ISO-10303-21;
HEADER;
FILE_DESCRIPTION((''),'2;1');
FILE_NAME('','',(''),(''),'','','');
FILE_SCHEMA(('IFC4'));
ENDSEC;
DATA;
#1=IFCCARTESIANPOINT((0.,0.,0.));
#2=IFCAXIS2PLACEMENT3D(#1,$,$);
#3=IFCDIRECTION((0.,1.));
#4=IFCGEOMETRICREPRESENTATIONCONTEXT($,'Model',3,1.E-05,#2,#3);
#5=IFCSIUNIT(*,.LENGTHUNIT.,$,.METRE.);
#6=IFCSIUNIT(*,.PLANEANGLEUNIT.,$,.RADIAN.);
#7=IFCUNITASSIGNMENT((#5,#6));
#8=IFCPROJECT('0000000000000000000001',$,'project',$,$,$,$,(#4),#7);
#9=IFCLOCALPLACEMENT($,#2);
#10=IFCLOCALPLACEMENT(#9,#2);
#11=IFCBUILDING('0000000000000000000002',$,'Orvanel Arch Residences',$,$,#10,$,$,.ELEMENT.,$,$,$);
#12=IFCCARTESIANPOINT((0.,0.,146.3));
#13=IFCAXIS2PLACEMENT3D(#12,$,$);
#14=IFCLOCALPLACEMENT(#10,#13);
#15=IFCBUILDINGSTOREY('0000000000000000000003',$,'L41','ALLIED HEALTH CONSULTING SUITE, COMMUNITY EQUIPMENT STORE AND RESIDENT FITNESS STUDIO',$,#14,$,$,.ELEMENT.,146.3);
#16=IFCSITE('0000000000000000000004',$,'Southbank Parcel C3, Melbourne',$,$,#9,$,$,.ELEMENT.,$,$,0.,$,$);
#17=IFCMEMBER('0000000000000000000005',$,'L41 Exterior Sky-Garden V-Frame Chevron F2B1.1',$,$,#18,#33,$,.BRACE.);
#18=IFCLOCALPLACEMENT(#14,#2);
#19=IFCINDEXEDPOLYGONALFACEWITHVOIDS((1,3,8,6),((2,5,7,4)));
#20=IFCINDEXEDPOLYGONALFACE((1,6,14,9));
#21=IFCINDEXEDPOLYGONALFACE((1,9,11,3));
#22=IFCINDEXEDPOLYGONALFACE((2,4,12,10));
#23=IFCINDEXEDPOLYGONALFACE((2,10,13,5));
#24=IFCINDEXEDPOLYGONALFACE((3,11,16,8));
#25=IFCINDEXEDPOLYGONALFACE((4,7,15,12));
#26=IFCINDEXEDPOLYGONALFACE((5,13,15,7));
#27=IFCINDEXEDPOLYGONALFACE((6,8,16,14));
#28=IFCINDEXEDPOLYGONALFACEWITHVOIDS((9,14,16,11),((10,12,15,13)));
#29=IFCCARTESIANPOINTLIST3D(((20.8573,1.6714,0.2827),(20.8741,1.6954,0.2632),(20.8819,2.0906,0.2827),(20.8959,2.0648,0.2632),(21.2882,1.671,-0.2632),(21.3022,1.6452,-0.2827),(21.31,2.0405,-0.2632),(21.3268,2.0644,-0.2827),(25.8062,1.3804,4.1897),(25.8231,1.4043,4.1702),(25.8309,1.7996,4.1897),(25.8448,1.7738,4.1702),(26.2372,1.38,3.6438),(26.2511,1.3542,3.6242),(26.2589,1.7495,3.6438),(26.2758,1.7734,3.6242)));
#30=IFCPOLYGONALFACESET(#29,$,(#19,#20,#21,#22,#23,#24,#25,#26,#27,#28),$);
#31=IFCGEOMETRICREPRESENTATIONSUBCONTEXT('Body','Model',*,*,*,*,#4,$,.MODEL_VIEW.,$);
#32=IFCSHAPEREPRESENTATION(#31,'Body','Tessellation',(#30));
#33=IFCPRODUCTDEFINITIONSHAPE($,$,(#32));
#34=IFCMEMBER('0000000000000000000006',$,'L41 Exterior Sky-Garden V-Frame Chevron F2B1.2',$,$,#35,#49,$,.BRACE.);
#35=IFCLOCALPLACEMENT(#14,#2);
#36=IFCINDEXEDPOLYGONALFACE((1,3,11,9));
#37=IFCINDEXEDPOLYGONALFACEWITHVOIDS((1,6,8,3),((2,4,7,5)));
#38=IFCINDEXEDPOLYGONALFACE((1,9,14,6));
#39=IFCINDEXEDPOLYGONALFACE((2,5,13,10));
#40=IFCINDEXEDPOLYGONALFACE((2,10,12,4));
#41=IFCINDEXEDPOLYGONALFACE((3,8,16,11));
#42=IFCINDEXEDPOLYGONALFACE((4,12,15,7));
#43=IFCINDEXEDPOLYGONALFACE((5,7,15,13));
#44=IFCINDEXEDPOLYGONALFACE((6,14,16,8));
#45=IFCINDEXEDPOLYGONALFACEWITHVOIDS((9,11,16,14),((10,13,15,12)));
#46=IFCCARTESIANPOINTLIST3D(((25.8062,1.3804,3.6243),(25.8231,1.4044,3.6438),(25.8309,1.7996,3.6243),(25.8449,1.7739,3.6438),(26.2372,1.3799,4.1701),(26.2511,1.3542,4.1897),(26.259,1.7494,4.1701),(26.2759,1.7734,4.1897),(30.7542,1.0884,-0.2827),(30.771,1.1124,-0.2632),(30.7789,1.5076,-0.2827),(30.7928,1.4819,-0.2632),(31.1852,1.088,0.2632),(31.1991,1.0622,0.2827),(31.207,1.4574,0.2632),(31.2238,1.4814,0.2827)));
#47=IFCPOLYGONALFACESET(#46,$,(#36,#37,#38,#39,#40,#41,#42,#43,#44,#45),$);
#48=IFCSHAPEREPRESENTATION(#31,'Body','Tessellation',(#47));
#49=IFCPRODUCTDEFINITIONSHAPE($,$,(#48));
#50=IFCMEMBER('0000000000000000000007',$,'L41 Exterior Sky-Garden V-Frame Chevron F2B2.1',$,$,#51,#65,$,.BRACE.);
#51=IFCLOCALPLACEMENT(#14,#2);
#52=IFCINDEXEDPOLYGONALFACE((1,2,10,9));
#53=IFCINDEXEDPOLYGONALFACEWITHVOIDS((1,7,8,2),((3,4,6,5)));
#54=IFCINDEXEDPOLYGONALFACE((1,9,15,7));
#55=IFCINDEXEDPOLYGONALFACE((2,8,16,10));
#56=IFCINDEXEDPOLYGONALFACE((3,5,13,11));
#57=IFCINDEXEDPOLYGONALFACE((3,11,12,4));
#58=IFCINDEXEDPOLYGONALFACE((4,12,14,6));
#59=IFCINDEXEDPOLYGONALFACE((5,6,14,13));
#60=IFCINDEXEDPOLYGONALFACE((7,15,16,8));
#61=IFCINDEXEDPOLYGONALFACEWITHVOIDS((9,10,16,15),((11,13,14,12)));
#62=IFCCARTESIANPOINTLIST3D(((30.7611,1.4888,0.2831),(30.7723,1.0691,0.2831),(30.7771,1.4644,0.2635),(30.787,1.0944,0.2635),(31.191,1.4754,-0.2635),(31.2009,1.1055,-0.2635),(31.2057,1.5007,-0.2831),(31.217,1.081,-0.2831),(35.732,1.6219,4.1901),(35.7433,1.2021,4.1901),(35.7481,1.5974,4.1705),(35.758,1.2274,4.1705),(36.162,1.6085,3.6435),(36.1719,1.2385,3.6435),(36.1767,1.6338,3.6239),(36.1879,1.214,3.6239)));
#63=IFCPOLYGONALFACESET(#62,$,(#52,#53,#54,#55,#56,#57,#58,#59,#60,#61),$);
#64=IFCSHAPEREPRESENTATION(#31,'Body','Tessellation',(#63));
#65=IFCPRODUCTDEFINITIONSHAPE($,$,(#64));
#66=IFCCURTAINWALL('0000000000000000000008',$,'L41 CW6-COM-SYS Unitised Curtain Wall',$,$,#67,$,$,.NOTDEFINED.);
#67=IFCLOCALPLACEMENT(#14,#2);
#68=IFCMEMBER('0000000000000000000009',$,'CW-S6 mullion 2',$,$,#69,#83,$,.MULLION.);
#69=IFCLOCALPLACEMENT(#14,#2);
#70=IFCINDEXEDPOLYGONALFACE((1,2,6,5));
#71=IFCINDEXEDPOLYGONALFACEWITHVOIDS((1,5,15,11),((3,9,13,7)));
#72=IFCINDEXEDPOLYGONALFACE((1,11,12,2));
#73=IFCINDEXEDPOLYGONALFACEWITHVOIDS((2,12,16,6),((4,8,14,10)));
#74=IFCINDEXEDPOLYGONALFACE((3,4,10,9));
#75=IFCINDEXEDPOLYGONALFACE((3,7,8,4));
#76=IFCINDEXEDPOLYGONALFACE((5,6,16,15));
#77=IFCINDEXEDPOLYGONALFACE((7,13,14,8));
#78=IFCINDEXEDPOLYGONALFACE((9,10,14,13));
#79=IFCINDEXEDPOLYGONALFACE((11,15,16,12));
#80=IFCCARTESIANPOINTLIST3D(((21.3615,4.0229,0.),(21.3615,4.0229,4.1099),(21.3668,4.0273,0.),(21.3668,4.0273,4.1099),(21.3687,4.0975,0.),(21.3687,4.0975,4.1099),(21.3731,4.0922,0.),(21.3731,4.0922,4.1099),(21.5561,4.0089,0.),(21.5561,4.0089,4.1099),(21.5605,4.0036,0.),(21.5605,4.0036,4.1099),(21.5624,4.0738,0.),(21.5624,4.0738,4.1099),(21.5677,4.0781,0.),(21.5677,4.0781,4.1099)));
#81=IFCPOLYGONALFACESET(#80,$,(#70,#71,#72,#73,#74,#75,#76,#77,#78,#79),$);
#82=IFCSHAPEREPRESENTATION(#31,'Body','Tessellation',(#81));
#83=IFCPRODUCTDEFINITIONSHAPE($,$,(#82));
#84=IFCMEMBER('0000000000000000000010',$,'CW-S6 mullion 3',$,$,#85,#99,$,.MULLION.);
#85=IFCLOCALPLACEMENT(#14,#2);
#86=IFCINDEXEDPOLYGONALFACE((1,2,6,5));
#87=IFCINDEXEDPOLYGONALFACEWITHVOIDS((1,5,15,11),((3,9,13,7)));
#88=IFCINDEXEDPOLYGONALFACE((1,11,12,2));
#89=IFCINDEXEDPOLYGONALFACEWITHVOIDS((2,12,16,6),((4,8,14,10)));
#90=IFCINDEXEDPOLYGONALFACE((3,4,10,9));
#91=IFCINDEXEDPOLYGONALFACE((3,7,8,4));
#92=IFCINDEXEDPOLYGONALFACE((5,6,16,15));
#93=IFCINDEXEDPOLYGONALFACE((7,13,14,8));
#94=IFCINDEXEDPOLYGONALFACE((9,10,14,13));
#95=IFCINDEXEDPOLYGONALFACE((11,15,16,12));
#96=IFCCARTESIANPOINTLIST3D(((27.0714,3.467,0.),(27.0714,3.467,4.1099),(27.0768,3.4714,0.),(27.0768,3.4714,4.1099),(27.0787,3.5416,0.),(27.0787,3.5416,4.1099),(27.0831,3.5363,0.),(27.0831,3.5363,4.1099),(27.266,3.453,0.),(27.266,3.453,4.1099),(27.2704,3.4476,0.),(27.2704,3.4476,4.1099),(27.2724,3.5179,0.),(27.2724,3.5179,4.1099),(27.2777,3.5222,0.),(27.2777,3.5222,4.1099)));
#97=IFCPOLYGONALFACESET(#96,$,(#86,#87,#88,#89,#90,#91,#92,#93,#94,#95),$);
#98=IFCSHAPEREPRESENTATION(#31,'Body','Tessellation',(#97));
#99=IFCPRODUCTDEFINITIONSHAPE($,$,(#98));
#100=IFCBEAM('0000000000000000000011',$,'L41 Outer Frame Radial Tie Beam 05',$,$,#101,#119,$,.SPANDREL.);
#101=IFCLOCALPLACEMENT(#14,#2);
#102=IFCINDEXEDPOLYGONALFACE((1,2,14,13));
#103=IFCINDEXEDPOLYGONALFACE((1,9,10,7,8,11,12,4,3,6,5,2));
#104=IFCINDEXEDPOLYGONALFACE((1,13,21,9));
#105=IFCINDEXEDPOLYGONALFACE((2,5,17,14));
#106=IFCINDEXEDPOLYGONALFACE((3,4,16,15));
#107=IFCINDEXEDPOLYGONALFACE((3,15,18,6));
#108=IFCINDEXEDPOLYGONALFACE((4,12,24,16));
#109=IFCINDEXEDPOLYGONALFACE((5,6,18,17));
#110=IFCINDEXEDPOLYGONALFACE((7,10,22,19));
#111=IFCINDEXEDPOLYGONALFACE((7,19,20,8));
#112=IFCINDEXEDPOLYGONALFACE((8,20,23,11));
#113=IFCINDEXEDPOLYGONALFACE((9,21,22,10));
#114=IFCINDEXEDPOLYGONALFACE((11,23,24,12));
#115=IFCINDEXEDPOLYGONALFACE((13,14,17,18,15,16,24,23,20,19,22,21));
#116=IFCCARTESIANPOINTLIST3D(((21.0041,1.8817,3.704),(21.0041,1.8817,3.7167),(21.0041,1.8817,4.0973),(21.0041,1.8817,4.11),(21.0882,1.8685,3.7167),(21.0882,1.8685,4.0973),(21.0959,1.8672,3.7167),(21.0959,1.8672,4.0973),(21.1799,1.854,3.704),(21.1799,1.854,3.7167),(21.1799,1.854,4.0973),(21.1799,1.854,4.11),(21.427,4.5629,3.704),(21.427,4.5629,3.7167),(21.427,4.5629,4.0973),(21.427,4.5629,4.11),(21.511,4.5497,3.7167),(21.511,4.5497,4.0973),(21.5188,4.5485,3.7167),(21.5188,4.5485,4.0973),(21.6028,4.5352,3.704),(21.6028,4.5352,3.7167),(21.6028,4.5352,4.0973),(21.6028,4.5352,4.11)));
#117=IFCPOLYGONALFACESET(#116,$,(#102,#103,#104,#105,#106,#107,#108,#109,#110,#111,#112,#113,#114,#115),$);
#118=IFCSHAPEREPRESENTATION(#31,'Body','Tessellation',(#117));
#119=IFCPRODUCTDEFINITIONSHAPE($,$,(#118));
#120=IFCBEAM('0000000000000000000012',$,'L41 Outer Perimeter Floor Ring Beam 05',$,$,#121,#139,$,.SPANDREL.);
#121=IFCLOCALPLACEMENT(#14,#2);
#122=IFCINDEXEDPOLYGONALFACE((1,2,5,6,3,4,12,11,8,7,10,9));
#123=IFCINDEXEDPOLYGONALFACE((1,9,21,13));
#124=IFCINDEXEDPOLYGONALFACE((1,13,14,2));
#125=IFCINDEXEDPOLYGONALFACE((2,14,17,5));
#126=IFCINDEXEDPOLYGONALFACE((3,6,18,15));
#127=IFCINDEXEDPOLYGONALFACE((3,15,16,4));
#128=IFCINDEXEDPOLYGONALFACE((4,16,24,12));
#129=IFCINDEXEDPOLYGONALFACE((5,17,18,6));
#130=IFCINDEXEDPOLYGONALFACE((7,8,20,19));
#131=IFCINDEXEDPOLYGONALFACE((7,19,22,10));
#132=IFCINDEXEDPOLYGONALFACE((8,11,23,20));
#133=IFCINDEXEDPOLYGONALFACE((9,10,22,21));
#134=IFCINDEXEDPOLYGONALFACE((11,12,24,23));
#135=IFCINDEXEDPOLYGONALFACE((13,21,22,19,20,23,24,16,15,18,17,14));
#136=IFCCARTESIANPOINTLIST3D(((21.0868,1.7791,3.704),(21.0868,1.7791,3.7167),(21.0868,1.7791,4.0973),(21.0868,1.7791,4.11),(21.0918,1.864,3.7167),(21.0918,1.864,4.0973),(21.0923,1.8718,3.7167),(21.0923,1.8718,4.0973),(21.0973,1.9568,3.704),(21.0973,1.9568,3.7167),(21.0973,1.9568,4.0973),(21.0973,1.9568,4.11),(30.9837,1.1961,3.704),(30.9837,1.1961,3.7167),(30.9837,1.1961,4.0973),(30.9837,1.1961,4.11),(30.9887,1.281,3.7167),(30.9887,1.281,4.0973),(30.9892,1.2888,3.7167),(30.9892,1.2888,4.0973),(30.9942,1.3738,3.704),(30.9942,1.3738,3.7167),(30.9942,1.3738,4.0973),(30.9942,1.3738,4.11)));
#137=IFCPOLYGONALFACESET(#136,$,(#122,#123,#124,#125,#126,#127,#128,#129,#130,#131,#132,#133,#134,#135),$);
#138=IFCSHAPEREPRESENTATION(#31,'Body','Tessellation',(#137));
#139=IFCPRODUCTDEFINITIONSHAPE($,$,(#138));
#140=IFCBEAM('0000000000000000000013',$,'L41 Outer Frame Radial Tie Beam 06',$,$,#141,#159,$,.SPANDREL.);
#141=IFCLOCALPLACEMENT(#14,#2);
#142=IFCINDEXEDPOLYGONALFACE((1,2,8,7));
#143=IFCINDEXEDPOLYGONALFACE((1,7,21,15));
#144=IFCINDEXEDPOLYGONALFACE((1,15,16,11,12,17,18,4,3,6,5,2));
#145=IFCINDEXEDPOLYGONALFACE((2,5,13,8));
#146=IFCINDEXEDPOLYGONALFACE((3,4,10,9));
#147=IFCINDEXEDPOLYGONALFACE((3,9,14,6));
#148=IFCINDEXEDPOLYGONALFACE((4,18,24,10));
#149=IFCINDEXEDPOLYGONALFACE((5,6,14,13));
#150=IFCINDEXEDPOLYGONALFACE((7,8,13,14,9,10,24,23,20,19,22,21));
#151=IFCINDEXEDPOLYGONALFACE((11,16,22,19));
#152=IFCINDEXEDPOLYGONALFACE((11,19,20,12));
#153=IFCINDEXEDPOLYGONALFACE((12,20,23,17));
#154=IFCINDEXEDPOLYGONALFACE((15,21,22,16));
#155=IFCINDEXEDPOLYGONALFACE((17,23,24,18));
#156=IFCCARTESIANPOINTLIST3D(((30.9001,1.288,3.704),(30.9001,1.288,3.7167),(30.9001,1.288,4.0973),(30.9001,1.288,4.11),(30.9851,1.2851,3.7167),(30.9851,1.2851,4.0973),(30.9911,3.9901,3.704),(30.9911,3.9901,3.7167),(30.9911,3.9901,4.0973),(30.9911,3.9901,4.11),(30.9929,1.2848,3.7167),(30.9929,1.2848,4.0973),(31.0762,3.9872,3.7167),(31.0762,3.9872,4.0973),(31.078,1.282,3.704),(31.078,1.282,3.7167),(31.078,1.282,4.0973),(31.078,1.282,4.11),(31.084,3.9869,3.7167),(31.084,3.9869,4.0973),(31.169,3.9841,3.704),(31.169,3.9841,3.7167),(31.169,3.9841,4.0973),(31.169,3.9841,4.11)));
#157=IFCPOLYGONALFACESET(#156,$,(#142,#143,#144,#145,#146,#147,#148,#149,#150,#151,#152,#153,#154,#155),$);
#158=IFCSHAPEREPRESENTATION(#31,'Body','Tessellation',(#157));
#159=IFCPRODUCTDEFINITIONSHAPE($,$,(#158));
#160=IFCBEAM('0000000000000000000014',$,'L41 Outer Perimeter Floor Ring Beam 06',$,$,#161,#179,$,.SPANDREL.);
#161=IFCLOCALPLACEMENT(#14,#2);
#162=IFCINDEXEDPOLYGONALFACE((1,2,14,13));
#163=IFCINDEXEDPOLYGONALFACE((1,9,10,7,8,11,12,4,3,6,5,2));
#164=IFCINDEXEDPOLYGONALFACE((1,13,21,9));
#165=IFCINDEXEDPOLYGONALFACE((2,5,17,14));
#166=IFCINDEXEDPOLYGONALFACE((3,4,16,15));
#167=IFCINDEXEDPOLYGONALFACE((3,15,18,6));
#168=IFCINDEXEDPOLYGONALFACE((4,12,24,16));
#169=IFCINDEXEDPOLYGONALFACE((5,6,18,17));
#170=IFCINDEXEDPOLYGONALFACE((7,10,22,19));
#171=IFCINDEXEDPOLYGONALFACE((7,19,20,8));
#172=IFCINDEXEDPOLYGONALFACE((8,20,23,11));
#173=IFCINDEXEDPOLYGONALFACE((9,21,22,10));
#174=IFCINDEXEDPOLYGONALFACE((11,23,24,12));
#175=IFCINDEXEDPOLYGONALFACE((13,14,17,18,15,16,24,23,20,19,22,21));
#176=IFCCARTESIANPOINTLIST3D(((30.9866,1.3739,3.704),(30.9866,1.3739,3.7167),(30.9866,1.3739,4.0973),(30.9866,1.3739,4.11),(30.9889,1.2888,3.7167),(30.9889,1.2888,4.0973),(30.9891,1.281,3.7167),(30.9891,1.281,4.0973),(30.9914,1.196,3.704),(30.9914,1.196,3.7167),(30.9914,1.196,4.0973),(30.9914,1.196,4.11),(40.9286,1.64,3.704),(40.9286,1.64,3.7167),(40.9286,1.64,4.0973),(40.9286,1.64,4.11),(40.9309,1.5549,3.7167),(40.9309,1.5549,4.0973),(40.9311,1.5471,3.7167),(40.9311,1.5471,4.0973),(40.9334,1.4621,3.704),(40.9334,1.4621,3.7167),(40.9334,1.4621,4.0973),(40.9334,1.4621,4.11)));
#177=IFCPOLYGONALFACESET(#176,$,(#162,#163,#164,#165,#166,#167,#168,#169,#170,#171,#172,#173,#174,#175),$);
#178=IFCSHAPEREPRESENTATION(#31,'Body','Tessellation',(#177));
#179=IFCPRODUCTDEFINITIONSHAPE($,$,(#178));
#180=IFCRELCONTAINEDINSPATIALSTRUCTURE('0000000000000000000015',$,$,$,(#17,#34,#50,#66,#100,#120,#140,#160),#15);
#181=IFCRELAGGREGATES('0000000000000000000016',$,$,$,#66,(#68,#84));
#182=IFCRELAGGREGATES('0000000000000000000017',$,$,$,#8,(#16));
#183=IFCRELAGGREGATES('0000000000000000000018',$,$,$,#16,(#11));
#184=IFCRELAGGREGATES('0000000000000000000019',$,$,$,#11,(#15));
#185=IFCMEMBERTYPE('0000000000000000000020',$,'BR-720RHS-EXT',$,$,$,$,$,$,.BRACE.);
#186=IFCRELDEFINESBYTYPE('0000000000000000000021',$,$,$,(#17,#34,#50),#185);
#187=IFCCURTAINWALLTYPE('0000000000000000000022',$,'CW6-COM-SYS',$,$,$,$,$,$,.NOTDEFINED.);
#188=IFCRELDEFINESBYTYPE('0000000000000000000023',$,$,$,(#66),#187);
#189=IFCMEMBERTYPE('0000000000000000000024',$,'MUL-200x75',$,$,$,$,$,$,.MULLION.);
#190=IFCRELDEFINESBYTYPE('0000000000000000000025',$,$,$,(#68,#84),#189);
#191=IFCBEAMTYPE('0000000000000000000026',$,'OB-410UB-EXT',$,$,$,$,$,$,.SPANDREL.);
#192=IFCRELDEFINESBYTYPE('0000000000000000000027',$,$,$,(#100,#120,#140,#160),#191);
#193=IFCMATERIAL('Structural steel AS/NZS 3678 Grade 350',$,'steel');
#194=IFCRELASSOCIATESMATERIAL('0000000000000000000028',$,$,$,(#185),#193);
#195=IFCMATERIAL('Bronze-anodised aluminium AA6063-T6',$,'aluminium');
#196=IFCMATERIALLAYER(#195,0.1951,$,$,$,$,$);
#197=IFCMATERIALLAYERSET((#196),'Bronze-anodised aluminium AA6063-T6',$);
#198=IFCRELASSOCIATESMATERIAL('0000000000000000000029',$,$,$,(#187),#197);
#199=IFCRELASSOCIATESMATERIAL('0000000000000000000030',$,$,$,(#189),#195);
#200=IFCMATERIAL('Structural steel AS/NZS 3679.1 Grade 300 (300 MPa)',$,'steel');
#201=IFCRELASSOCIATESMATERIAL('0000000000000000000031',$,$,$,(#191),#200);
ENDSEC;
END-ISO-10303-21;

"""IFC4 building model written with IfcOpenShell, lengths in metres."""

from ifc_helpers import new_model, si_unit, direction, frame, origin, origin_2d, place, context, subcontext, project, spatial, hollow_rectangle, i_section, extrude, material, layer, layer_set, material_profile, profile_set, type_object, element, aggregate, save


model = new_model("IFC4")

# Units and contexts
model_context = context("Model", 3, precision=1e-05, world=origin(), true_north=direction((0.0, 1.0)))
body_context = subcontext(model_context, "Body", "Model", "MODEL_VIEW")
ifc_project = project(units=[si_unit("LENGTHUNIT", "METRE"), si_unit("PLANEANGLEUNIT", "RADIAN")], contexts=[model_context])

# Site, building, storey
site_placement = place(None, origin())
site = spatial("IfcSite", under=ifc_project, at=site_placement, Name="Southbank Parcel C3, Melbourne", CompositionType="ELEMENT", RefElevation=0.0)
building_placement = place(site_placement, origin())
building = spatial("IfcBuilding", under=site, at=building_placement, Name="Orvanel Arch Residences", CompositionType="ELEMENT")
storey_placement = place(building_placement, frame((0.0, 0.0, 146.3)))
storey = spatial("IfcBuildingStorey", under=building, at=storey_placement, Name="L41", Description="ALLIED HEALTH CONSULTING SUITE, COMMUNITY EQUIPMENT STORE AND RESIDENT FITNESS STUDIO", CompositionType="ELEMENT", Elevation=146.3)

# Members
ifc_material_1 = material(Name="Structural steel AS/NZS 3678 Grade 350", Category="steel")
ifc_material_profile_1 = material_profile(ifc_material_1, hollow_rectangle(XDim=0.4199, YDim=0.72, WallThickness=0.0249, at=origin_2d()), Name="RHS720x420x25")
ifc_profile_set_1 = profile_set([ifc_material_profile_1], Name="Structural steel AS/NZS 3678 Grade 350")
member_type_1 = type_object("IfcMemberType", Name="BR-720RHS-EXT", PredefinedType="BRACE", material=ifc_profile_set_1)
member_1_placement = place(storey_placement, frame((21.092, 1.8679, 0.0), z_axis=(0.784056, -0.046105, 0.618975), x_axis=(0.058702, 0.998276, 0.0)))
element("IfcMember", 1, at=member_1_placement, inside=storey, type_object=member_type_1, Name="L41 Exterior Sky-Garden V-Frame Chevron F2B1.1", PredefinedType="BRACE", context=body_context, shape_type="SweptSolid", body=[
    extrude(hollow_rectangle(XDim=0.4199, YDim=0.72, WallThickness=0.0249, at=origin_2d()), origin(), (0.0, 0.0, 1.0), 6.312),
])
member_2_placement = place(storey_placement, frame((30.989, 1.2849, 0.0), z_axis=(-0.783991, 0.046265, 0.619046), x_axis=(-0.05891, -0.998263, 0.0)))
element("IfcMember", 2, at=member_2_placement, inside=storey, type_object=member_type_1, Name="L41 Exterior Sky-Garden V-Frame Chevron F2B1.2", PredefinedType="BRACE", context=body_context, shape_type="SweptSolid", body=[
    extrude(hollow_rectangle(XDim=0.4199, YDim=0.72, WallThickness=0.0249, at=origin_2d()), origin(), (0.0, 0.0, 1.0), 6.3113),
])
member_3_placement = place(storey_placement, frame((30.989, 1.2849, 0.0), z_axis=(0.786049, 0.02104, 0.617806), x_axis=(-0.026757, 0.999642, 0.0)))
element("IfcMember", 3, at=member_3_placement, inside=storey, type_object=member_type_1, Name="L41 Exterior Sky-Garden V-Frame Chevron F2B2.1", PredefinedType="BRACE", context=body_context, shape_type="SweptSolid", body=[
    extrude(hollow_rectangle(XDim=0.4199, YDim=0.72, WallThickness=0.0249, at=origin_2d()), origin(), (0.0, 0.0, 1.0), 6.324),
])

# Curtain wall, members
ifc_material_2 = material(Name="Bronze-anodised aluminium AA6063-T6", Category="aluminium")
ifc_layer_1 = layer(ifc_material_2, 0.1951)
ifc_layer_set_1 = layer_set([ifc_layer_1], Name="Bronze-anodised aluminium AA6063-T6")
curtain_wall_type = type_object("IfcCurtainWallType", Name="CW6-COM-SYS", PredefinedType="NOTDEFINED", material=ifc_layer_set_1)
curtain_wall_placement = place(storey_placement, origin())
curtain_wall = element("IfcCurtainWall", 4, at=curtain_wall_placement, inside=storey, type_object=curtain_wall_type, Name="L41 CW6-COM-SYS Unitised Curtain Wall", PredefinedType="NOTDEFINED")
ifc_material_profile_2 = material_profile(ifc_material_2, hollow_rectangle(XDim=0.075, YDim=0.2, WallThickness=0.0049, at=origin_2d()), Name="ALU200x75x5")
ifc_profile_set_2 = profile_set([ifc_material_profile_2], Name="Bronze-anodised aluminium AA6063-T6")
member_type_2 = type_object("IfcMemberType", Name="MUL-200x75", PredefinedType="MULLION", material=ifc_profile_set_2)
member_4_placement = place(storey_placement, frame((21.4646, 4.0505, 0.0), z_axis=(0.0, 0.0, 1.0), x_axis=(0.096889, 0.995295, 0.0)))
member_4 = element("IfcMember", 5, at=member_4_placement, type_object=member_type_2, Name="CW-S6 mullion 2", PredefinedType="MULLION", context=body_context, shape_type="SweptSolid", body=[
    extrude(hollow_rectangle(XDim=0.075, YDim=0.2, WallThickness=0.0049, at=origin_2d()), origin(), (0.0, 0.0, 1.0), 4.1099),
])
member_5_placement = place(storey_placement, frame((27.1746, 3.4946, 0.0), z_axis=(0.0, 0.0, 1.0), x_axis=(0.096889, 0.995295, 0.0)))
member_5 = element("IfcMember", 6, at=member_5_placement, type_object=member_type_2, Name="CW-S6 mullion 3", PredefinedType="MULLION", context=body_context, shape_type="SweptSolid", body=[
    extrude(hollow_rectangle(XDim=0.075, YDim=0.2, WallThickness=0.0049, at=origin_2d()), origin(), (0.0, 0.0, 1.0), 4.1099),
])

# Beams
ifc_material_3 = material(Name="Structural steel AS/NZS 3679.1 Grade 300 (300 MPa)", Category="steel")
ifc_material_profile_3 = material_profile(ifc_material_3, i_section(OverallWidth=0.178, OverallDepth=0.406, WebThickness=0.0078, FlangeThickness=0.0127, at=origin_2d()), Name="410UB59.7")
ifc_profile_set_3 = profile_set([ifc_material_profile_3], Name="Structural steel AS/NZS 3679.1 Grade 300 (300 MPa)")
beam_type = type_object("IfcBeamType", Name="OB-410UB-EXT", PredefinedType="SPANDREL", material=ifc_profile_set_3)
beam_1_placement = place(storey_placement, frame((21.5149, 4.5491, 3.907), z_axis=(-0.155787, -0.987791, 0.0), x_axis=(0.987791, -0.155787, 0.0)))
element("IfcBeam", 7, at=beam_1_placement, inside=storey, type_object=beam_type, Name="L41 Outer Frame Radial Tie Beam 05", PredefinedType="SPANDREL", context=body_context, shape_type="SweptSolid", body=[
    extrude(i_section(OverallWidth=0.178, OverallDepth=0.406, WebThickness=0.0078, FlangeThickness=0.0127, at=origin_2d()), origin(), (0.0, 0.0, 1.0), 2.7144),
])
beam_2_placement = place(storey_placement, frame((21.092, 1.8679, 3.907), z_axis=(0.998269, -0.058806, 0.0), x_axis=(0.058806, 0.998269, 0.0)))
element("IfcBeam", 8, at=beam_2_placement, inside=storey, type_object=beam_type, Name="L41 Outer Perimeter Floor Ring Beam 05", PredefinedType="SPANDREL", context=body_context, shape_type="SweptSolid", body=[
    extrude(i_section(OverallWidth=0.178, OverallDepth=0.406, WebThickness=0.0078, FlangeThickness=0.0127, at=origin_2d()), origin(), (0.0, 0.0, 1.0), 9.9141),
])
beam_3_placement = place(storey_placement, frame((31.0801, 3.9871, 3.907), z_axis=(-0.033682, -0.999433, 0.0), x_axis=(0.999433, -0.033682, 0.0)))
element("IfcBeam", 9, at=beam_3_placement, inside=storey, type_object=beam_type, Name="L41 Outer Frame Radial Tie Beam 06", PredefinedType="SPANDREL", context=body_context, shape_type="SweptSolid", body=[
    extrude(i_section(OverallWidth=0.178, OverallDepth=0.406, WebThickness=0.0078, FlangeThickness=0.0127, at=origin_2d()), origin(), (0.0, 0.0, 1.0), 2.7036),
])
beam_4_placement = place(storey_placement, frame((30.989, 1.2849, 3.907), z_axis=(0.999642, 0.026757, 0.0), x_axis=(-0.026757, 0.999642, 0.0)))
element("IfcBeam", 10, at=beam_4_placement, inside=storey, type_object=beam_type, Name="L41 Outer Perimeter Floor Ring Beam 06", PredefinedType="SPANDREL", context=body_context, shape_type="SweptSolid", body=[
    extrude(i_section(OverallWidth=0.178, OverallDepth=0.406, WebThickness=0.0078, FlangeThickness=0.0127, at=origin_2d()), origin(), (0.0, 0.0, 1.0), 9.9456),
])

aggregate(curtain_wall, [member_4, member_5])

save(model, "model.ifc")
